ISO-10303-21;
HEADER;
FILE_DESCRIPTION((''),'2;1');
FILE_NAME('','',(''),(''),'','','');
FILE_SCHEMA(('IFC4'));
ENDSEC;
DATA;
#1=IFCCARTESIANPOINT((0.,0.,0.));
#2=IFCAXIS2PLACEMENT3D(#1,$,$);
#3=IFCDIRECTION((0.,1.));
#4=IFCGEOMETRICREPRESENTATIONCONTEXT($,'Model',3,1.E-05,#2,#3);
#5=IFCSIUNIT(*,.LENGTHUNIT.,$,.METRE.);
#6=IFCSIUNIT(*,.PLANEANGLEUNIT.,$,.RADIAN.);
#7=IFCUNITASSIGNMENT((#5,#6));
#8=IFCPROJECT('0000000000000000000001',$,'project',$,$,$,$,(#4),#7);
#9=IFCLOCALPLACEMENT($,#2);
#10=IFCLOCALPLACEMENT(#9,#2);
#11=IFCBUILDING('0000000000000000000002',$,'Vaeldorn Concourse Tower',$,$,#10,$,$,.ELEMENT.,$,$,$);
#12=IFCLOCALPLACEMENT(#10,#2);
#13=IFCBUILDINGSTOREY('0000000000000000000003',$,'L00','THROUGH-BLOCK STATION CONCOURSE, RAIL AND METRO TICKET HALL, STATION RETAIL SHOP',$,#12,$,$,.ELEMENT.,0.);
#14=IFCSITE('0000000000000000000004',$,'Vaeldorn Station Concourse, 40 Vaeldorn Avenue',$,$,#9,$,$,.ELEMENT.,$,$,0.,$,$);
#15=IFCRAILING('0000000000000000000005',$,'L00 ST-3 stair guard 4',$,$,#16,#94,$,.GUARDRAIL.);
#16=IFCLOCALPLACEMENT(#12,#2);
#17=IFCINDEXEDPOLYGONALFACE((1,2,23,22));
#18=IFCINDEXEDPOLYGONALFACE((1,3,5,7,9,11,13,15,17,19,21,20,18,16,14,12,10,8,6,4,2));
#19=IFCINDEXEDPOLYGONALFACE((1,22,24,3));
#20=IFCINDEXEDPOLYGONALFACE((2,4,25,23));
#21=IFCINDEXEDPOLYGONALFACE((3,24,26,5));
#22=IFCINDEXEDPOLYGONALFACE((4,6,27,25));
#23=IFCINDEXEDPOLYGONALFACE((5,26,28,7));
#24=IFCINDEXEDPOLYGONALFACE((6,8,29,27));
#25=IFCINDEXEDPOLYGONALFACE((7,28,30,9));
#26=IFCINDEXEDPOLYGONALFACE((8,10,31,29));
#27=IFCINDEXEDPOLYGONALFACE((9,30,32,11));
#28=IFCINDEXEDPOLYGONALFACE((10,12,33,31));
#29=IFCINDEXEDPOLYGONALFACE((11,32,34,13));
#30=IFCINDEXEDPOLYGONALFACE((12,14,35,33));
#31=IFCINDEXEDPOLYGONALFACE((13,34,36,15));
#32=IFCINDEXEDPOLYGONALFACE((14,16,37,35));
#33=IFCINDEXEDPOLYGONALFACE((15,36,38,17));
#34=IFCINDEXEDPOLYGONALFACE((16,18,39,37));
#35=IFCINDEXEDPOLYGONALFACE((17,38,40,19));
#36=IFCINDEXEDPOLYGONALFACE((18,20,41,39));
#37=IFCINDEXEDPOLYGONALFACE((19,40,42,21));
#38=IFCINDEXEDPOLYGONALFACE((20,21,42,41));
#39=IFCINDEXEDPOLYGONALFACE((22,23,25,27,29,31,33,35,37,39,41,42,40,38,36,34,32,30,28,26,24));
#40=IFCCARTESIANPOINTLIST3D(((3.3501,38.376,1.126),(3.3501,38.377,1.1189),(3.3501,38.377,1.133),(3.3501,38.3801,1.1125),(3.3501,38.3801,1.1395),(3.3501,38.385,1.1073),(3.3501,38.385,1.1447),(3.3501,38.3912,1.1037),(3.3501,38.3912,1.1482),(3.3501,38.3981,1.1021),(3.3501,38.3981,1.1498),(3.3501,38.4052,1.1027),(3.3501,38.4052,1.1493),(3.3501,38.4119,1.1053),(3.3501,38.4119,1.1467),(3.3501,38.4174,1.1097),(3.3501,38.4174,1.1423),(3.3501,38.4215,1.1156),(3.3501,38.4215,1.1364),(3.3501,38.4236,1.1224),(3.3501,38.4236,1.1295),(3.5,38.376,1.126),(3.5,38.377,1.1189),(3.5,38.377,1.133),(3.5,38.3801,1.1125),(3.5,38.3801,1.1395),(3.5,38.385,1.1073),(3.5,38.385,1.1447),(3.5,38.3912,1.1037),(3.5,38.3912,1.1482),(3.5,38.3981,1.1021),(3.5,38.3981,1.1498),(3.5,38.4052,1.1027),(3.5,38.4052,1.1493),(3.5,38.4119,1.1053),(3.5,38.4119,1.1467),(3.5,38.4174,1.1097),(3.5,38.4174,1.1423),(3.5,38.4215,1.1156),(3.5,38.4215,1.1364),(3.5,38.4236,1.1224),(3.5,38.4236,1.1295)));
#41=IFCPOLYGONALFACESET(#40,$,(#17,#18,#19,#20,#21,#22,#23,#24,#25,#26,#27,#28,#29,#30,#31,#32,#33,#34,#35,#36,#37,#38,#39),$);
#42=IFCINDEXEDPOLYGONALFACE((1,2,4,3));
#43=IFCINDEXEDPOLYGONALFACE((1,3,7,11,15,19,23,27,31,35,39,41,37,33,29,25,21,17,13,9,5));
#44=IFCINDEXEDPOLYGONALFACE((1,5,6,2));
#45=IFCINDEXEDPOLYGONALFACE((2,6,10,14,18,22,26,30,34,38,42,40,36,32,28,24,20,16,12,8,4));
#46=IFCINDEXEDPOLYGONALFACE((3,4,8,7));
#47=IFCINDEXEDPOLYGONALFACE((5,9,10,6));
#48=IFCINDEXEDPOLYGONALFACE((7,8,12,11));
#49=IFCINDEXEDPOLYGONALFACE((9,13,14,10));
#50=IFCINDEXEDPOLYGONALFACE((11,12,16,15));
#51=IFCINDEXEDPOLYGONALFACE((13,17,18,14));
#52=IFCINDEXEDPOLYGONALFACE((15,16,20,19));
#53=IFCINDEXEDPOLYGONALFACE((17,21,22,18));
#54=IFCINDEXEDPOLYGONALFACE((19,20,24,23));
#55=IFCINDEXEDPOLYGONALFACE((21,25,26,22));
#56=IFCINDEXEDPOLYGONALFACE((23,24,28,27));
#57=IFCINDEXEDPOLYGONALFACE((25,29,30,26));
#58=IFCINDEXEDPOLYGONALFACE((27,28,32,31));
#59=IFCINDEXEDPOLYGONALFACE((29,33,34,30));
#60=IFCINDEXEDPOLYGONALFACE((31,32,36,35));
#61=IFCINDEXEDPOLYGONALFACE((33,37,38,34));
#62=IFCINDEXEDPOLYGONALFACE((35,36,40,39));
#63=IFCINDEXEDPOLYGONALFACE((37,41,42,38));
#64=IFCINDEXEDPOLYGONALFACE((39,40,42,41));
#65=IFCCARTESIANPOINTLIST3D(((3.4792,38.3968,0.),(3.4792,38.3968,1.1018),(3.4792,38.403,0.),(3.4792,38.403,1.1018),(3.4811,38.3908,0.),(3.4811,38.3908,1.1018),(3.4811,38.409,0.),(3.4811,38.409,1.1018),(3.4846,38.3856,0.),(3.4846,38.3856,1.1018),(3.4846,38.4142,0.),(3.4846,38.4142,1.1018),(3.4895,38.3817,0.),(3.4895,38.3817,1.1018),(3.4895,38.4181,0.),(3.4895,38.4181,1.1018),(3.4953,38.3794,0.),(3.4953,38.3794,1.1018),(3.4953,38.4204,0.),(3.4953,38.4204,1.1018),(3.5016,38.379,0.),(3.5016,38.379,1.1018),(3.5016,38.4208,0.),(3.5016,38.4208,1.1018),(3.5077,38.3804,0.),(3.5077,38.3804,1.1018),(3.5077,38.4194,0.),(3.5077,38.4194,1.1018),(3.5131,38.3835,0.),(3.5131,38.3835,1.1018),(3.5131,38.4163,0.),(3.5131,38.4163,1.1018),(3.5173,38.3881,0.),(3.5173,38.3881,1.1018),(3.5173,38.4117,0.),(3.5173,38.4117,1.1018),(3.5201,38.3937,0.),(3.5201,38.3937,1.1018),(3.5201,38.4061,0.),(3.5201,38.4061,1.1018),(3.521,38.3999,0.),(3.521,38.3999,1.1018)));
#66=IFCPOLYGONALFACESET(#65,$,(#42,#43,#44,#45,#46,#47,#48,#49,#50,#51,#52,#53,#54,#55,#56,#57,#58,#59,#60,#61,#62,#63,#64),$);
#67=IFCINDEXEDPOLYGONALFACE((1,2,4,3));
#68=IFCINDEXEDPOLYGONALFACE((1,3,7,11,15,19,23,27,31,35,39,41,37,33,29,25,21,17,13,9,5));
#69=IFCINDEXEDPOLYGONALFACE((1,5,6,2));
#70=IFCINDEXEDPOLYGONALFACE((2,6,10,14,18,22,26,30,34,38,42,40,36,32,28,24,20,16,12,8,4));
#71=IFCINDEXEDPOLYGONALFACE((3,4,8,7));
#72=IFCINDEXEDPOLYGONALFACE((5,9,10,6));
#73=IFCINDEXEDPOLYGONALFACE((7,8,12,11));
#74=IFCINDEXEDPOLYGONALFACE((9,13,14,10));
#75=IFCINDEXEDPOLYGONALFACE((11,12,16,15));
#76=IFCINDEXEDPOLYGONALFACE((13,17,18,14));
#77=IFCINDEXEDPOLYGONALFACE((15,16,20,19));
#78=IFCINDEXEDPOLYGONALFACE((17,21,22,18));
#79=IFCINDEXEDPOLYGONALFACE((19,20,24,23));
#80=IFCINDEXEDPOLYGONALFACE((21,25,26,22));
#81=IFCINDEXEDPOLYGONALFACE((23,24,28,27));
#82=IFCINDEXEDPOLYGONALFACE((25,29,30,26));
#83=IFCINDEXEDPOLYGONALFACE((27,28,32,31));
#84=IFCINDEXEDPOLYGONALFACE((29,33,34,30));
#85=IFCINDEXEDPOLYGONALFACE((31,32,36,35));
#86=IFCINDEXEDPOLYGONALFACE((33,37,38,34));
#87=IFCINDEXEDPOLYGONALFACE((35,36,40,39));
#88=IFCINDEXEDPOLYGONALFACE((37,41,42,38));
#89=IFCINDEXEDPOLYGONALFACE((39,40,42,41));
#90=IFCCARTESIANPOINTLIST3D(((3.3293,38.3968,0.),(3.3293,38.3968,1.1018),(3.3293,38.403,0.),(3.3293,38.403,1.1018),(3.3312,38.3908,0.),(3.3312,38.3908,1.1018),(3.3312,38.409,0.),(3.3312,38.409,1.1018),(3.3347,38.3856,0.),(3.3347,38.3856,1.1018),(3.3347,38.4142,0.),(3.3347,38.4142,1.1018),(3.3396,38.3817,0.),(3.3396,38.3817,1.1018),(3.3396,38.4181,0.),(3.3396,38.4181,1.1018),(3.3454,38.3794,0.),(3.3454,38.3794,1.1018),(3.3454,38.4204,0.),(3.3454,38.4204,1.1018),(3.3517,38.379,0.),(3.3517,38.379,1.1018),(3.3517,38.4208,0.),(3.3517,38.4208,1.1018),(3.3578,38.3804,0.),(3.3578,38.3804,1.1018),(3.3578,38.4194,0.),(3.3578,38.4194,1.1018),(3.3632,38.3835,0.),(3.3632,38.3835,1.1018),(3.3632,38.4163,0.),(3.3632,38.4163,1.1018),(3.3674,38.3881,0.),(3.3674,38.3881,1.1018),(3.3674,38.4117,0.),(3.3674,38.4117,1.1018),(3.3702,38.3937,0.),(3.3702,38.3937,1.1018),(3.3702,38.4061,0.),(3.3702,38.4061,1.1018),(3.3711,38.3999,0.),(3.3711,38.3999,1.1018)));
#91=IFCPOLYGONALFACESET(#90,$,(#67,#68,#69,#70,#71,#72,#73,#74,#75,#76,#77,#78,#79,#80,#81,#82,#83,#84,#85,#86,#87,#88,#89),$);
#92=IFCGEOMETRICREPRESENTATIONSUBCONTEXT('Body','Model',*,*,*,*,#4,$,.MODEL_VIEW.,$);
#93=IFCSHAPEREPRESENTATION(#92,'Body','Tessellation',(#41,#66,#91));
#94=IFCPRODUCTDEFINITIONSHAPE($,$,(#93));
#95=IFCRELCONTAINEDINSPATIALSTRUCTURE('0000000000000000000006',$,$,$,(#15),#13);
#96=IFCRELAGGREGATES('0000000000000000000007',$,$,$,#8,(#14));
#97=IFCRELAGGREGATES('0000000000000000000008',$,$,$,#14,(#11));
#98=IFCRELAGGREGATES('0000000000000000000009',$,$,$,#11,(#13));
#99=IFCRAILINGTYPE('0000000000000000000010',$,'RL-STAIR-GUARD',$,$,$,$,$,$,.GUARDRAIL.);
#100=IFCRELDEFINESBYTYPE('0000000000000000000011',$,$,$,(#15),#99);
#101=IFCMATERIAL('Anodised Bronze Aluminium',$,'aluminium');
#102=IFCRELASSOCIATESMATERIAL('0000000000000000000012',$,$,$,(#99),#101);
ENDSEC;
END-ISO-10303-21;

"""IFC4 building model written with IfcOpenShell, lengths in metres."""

from ifc_helpers import new_model, si_unit, direction, frame, origin, origin_2d, place, context, subcontext, project, spatial, circle, extrude, material, type_object, element, save


model = new_model("IFC4")

# Units and contexts
model_context = context("Model", 3, precision=1e-05, world=origin(), true_north=direction((0.0, 1.0)))
body_context = subcontext(model_context, "Body", "Model", "MODEL_VIEW")
ifc_project = project(units=[si_unit("LENGTHUNIT", "METRE"), si_unit("PLANEANGLEUNIT", "RADIAN")], contexts=[model_context])

# Site, building, storey
site_placement = place(None, origin())
site = spatial("IfcSite", under=ifc_project, at=site_placement, Name="Vaeldorn Station Concourse, 40 Vaeldorn Avenue", CompositionType="ELEMENT", RefElevation=0.0)
building_placement = place(site_placement, origin())
building = spatial("IfcBuilding", under=site, at=building_placement, Name="Vaeldorn Concourse Tower", CompositionType="ELEMENT")
storey_placement = place(building_placement, origin())
storey = spatial("IfcBuildingStorey", under=building, at=storey_placement, Name="L00", Description="THROUGH-BLOCK STATION CONCOURSE, RAIL AND METRO TICKET HALL, STATION RETAIL SHOP", CompositionType="ELEMENT", Elevation=0.0)

# Shared definitions
ifc_material_1 = material(Name="Anodised Bronze Aluminium", Category="aluminium")

# Railing
railing_type_1 = type_object("IfcRailingType", Name="RL-STAIR-GUARD", PredefinedType="GUARDRAIL", material=ifc_material_1)
railing_1_placement = place(storey_placement, frame((3.5, 38.3999, 0.0)))
element("IfcRailing", 1, at=railing_1_placement, inside=storey, type_object=railing_type_1, Name="L00 ST-3 stair guard 4", PredefinedType="GUARDRAIL", context=body_context, shape_type="SweptSolid", body=[
    extrude(circle(Radius=0.0239, at=origin_2d()), frame((0.0, 0.0, 1.126), z_axis=(-1.0, 0.0, 0.0), x_axis=(0.0, -1.0, 0.0)), (0.0, 0.0, 1.0), 0.1499),
    extrude(circle(Radius=0.021, at=origin_2d()), origin(), (0.0, 0.0, 1.0), 1.1018),
    extrude(circle(Radius=0.021, at=origin_2d()), frame((-0.1499, 0.0, 0.0)), (0.0, 0.0, 1.0), 1.1018),
])

save(model, "model.ifc")
